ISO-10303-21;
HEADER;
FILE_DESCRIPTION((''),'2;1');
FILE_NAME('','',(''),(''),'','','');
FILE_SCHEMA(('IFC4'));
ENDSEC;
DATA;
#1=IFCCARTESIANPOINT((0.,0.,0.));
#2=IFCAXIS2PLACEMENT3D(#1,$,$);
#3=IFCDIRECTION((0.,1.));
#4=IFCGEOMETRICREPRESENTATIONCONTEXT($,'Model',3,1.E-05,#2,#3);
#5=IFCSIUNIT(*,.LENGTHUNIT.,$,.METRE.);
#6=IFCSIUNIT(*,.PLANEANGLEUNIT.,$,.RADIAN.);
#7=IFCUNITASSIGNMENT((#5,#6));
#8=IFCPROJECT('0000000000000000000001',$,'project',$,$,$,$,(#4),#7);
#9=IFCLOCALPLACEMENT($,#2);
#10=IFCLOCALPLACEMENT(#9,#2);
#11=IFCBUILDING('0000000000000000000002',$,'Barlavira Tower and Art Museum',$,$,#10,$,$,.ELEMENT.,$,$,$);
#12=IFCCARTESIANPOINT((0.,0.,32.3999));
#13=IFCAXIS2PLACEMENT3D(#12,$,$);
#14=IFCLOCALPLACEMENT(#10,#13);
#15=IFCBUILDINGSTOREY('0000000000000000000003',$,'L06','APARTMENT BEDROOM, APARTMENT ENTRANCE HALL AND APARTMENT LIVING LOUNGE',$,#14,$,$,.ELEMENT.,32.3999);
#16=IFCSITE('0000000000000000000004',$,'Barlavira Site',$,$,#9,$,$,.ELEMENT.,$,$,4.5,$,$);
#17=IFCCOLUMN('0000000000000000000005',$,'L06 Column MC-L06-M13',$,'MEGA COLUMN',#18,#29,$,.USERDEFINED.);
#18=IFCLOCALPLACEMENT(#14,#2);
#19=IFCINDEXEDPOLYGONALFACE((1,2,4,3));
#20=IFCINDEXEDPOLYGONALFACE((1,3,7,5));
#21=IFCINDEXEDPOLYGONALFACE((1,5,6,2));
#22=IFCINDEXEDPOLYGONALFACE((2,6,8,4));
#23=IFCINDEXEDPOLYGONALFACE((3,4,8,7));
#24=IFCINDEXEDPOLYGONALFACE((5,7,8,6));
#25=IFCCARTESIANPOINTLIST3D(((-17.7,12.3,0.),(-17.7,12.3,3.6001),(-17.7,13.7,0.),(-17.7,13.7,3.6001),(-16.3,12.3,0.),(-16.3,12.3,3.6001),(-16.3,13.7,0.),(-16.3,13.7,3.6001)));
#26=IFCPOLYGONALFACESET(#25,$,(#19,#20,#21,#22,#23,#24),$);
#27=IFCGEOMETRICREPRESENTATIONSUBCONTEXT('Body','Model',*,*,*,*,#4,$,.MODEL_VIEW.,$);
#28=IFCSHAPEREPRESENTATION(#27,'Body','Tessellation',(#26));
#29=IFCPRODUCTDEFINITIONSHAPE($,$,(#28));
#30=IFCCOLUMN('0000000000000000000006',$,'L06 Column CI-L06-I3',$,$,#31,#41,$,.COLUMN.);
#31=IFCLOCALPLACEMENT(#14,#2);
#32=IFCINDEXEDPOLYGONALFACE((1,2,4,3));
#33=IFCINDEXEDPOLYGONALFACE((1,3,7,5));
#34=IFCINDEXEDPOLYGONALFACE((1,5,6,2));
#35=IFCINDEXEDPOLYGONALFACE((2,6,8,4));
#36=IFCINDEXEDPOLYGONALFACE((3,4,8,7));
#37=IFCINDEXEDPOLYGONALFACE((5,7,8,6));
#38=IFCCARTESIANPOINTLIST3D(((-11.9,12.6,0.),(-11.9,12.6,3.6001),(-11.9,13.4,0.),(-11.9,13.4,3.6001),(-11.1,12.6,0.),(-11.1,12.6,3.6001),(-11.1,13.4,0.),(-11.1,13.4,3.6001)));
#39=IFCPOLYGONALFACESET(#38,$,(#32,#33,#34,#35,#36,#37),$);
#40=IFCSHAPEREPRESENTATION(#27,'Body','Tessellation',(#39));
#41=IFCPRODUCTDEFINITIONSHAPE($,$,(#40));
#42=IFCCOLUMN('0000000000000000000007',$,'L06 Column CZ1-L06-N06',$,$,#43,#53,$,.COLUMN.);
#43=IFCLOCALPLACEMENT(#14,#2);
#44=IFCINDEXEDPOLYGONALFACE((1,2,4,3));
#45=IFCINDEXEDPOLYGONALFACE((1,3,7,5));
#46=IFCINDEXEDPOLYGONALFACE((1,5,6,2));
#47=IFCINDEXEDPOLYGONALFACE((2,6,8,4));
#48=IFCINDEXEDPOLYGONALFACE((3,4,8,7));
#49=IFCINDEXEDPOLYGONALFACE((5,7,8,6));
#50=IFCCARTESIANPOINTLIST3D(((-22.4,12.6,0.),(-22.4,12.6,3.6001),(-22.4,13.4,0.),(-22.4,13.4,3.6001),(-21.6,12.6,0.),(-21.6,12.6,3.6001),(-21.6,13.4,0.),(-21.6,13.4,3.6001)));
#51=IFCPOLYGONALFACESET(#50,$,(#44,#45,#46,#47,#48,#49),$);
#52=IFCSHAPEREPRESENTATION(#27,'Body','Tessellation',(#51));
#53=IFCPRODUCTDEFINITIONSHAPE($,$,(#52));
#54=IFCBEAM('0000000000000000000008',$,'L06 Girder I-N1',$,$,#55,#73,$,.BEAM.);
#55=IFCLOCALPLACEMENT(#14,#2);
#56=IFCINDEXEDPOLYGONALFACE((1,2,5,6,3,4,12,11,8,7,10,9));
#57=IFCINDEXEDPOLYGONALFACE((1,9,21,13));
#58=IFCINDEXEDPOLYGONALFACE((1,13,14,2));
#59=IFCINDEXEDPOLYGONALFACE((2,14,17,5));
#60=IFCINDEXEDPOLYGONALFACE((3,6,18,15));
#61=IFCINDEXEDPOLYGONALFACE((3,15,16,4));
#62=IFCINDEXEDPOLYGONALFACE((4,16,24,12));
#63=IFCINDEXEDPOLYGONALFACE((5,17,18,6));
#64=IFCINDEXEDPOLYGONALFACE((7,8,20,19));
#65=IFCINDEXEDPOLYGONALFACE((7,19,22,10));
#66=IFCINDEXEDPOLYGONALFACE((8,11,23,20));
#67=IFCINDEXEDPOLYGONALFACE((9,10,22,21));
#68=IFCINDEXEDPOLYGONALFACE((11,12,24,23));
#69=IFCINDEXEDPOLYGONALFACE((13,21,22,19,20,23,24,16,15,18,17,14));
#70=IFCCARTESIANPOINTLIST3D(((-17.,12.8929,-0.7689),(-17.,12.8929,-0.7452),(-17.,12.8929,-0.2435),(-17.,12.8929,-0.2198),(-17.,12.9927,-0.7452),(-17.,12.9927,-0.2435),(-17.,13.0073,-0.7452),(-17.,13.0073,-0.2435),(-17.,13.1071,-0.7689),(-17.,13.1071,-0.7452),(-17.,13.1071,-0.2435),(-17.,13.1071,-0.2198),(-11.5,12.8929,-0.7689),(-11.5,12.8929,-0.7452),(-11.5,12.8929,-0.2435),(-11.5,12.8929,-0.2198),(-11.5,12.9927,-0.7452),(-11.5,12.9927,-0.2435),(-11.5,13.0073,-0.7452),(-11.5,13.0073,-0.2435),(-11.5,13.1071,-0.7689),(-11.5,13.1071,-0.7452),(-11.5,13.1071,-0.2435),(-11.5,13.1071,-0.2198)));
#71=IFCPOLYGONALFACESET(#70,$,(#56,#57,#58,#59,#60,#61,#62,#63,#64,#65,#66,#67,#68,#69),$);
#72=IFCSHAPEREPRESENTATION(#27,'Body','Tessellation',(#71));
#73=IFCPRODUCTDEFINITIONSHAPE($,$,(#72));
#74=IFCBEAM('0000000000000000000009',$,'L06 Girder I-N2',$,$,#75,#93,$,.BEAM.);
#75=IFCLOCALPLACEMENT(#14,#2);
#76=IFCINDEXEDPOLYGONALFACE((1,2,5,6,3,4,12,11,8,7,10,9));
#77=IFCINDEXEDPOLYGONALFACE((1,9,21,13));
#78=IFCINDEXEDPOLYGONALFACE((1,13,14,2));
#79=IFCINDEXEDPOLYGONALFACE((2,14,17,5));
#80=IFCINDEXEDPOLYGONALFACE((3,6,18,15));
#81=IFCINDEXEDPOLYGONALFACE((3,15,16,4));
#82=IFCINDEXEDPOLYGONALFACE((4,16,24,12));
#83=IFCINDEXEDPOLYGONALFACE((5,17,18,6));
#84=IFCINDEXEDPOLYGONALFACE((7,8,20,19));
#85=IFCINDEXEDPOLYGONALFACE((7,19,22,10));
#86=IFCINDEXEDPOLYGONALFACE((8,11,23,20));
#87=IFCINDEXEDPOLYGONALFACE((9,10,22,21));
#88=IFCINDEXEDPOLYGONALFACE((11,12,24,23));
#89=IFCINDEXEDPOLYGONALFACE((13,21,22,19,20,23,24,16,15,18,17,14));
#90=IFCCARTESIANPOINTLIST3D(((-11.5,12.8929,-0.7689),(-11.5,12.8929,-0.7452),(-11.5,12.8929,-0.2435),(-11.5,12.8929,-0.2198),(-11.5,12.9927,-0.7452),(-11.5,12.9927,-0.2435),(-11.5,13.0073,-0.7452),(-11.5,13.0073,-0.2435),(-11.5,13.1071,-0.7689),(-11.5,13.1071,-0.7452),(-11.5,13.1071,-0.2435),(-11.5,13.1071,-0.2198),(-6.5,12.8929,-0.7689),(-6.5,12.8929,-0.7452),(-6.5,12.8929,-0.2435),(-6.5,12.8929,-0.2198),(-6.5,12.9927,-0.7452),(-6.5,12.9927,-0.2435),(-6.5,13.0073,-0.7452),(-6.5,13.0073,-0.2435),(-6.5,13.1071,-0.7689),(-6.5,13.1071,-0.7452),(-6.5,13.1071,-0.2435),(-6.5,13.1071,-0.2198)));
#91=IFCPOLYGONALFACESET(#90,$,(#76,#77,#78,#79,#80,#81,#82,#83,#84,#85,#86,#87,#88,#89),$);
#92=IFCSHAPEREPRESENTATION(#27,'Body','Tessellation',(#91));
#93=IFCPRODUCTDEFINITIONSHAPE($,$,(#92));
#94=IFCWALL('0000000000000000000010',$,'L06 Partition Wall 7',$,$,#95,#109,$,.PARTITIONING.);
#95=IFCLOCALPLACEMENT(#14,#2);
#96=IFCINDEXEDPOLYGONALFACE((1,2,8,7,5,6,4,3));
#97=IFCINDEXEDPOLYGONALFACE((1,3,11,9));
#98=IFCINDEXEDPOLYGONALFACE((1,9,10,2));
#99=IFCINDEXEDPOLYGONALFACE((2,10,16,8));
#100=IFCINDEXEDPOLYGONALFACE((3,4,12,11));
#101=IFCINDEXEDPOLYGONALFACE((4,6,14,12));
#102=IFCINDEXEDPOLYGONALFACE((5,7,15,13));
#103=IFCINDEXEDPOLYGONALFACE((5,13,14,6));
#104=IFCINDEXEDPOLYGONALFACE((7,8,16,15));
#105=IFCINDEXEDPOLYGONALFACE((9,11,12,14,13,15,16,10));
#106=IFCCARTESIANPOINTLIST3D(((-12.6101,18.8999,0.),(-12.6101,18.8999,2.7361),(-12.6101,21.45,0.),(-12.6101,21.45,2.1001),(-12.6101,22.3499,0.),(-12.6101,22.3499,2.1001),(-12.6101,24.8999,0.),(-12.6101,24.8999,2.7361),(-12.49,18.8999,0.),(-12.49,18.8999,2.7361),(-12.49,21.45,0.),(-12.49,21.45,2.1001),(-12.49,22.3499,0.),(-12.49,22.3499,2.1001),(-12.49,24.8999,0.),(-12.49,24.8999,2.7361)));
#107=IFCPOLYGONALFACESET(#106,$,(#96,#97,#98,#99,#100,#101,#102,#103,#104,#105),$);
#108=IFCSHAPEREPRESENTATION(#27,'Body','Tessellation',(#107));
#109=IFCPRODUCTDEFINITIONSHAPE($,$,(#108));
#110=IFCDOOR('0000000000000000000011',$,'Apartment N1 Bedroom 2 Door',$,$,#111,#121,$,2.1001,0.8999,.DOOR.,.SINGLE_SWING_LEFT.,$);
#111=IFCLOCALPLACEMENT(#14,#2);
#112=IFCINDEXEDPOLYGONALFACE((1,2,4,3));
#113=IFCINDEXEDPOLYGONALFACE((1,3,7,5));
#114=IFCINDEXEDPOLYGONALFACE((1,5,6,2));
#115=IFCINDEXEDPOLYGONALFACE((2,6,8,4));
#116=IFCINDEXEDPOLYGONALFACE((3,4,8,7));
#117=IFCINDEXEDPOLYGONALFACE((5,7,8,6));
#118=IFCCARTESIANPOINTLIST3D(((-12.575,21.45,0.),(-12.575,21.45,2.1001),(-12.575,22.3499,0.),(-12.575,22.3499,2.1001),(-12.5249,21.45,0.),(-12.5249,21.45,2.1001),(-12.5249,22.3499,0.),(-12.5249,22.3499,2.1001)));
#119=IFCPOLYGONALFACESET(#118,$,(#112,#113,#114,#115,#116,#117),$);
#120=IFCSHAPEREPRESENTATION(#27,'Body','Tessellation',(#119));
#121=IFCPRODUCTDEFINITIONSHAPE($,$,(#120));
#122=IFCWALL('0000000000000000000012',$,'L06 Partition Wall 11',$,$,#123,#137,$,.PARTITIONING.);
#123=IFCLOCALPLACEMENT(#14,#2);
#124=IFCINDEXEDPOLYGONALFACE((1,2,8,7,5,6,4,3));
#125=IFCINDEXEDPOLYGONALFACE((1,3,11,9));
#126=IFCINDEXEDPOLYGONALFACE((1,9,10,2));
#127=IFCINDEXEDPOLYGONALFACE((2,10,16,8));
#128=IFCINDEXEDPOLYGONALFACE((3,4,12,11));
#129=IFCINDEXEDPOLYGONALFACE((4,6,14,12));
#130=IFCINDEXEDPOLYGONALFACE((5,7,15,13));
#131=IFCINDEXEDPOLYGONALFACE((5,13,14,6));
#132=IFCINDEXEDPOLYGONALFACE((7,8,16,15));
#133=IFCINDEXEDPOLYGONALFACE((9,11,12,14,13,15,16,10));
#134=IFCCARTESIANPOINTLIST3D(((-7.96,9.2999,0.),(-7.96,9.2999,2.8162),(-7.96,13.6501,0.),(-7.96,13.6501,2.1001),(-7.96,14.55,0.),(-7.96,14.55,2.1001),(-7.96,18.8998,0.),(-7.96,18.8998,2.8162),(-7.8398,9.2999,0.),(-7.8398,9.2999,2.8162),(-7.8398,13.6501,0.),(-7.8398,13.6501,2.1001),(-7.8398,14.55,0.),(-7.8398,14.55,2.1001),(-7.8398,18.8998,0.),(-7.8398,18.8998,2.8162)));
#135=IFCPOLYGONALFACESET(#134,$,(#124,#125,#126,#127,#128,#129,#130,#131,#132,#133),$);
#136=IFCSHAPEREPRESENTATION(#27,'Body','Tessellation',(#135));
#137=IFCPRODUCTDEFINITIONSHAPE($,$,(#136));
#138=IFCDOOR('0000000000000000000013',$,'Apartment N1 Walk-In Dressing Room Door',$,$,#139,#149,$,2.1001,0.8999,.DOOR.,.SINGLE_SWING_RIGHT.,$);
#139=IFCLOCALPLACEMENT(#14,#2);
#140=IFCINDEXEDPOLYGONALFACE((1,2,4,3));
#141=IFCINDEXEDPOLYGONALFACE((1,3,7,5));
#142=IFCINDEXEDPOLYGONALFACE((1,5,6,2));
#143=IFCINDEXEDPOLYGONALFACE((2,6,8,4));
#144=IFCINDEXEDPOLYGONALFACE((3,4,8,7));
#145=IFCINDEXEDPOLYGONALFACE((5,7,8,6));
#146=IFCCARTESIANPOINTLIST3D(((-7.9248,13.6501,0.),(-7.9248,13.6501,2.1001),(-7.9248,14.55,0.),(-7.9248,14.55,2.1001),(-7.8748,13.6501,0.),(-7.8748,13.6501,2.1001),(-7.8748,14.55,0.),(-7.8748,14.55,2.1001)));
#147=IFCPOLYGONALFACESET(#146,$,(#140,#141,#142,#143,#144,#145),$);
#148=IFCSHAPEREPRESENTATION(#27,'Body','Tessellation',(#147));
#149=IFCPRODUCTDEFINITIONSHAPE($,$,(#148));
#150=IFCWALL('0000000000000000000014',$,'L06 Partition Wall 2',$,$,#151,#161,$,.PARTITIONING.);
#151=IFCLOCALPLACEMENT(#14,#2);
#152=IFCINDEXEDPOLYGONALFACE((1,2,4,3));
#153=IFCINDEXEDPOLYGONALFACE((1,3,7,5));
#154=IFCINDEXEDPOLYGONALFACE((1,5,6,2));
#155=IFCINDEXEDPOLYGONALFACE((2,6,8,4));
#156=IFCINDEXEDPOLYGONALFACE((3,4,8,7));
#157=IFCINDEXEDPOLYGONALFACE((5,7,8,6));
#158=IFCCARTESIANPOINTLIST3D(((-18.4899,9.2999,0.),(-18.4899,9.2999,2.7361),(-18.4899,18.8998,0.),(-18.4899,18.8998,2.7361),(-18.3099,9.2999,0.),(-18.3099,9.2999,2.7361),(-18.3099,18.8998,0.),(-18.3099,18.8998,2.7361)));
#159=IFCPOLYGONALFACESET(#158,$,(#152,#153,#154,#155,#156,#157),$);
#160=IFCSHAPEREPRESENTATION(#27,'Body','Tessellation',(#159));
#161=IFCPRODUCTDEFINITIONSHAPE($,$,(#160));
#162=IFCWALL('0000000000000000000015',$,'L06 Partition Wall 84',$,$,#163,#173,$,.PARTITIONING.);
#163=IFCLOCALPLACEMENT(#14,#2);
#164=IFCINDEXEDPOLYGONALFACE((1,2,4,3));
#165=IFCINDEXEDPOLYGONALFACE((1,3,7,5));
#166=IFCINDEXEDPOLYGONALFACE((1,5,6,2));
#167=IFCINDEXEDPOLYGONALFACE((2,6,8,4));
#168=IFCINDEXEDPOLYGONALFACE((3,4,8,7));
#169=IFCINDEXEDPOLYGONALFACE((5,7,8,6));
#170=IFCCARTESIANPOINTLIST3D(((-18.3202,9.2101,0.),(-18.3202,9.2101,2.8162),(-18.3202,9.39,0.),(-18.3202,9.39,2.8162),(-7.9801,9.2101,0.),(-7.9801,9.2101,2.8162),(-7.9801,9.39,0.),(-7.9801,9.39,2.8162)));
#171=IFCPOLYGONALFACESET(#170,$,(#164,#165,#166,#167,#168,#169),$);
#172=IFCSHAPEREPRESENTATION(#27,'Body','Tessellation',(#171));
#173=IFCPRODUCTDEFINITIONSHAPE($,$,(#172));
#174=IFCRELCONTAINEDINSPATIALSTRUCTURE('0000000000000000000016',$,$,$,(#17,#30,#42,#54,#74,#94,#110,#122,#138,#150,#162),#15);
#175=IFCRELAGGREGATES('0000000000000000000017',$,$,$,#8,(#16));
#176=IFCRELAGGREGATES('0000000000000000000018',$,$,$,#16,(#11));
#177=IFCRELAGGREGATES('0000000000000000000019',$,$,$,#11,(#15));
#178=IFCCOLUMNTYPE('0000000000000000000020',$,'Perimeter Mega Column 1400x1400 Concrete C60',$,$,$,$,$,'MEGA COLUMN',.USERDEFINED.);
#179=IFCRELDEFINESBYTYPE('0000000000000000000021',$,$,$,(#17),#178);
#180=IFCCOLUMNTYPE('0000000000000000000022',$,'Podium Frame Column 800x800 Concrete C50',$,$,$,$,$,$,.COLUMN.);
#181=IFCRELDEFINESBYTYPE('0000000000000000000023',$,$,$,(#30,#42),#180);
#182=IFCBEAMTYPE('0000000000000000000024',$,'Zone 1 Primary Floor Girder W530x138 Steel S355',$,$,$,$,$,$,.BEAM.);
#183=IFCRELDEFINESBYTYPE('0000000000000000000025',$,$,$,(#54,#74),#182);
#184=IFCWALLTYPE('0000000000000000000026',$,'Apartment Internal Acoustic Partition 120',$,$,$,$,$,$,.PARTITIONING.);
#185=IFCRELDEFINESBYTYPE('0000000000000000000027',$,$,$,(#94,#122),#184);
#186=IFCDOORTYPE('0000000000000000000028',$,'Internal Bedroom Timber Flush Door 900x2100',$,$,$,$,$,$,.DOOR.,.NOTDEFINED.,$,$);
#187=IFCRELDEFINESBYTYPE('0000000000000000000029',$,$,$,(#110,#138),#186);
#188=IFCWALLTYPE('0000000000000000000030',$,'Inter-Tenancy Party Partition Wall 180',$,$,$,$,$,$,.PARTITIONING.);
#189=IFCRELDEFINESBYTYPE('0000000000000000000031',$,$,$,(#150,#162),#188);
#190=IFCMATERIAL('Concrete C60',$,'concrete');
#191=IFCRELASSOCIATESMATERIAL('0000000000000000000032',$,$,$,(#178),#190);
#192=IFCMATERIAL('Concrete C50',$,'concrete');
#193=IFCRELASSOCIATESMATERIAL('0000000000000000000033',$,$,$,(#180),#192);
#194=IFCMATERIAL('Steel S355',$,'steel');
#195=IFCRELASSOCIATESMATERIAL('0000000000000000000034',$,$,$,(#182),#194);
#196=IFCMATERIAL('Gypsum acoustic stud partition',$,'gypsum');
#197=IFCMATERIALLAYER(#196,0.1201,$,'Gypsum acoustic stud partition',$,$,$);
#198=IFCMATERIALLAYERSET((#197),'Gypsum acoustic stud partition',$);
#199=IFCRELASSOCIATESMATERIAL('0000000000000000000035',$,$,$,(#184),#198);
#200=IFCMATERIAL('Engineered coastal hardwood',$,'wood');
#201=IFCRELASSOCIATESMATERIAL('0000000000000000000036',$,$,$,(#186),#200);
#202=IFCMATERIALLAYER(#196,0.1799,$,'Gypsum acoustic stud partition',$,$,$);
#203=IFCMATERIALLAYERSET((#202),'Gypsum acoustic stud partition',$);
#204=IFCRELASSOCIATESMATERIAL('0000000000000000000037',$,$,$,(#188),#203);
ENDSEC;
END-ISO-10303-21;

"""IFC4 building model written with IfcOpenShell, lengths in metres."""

from ifc_helpers import new_model, si_unit, direction, frame, frame_2d, origin, origin_2d, place, context, subcontext, project, spatial, rectangle, i_section, extrude, material, layer, layer_set, material_profile, profile_set, type_object, element, fill, save


model = new_model("IFC4")

# Units and contexts
model_context = context("Model", 3, precision=1e-05, world=origin(), true_north=direction((0.0, 1.0)))
body_context = subcontext(model_context, "Body", "Model", "MODEL_VIEW")
ifc_project = project(units=[si_unit("LENGTHUNIT", "METRE"), si_unit("PLANEANGLEUNIT", "RADIAN")], contexts=[model_context])

# Site, building, storey
site_placement = place(None, origin())
site = spatial("IfcSite", under=ifc_project, at=site_placement, Name="Barlavira Site", CompositionType="ELEMENT", RefElevation=4.5)
building_placement = place(site_placement, origin())
building = spatial("IfcBuilding", under=site, at=building_placement, Name="Barlavira Tower and Art Museum", CompositionType="ELEMENT")
storey_placement = place(building_placement, frame((0.0, 0.0, 32.3999)))
storey = spatial("IfcBuildingStorey", under=building, at=storey_placement, Name="L06", Description="APARTMENT BEDROOM, APARTMENT ENTRANCE HALL AND APARTMENT LIVING LOUNGE", CompositionType="ELEMENT", Elevation=32.3999)

# Columns
ifc_material_1 = material(Name="Concrete C60", Category="concrete")
ifc_material_profile_1 = material_profile(ifc_material_1, rectangle(XDim=1.3999, YDim=1.3999, at=origin_2d()), Name="RC-MCOL 1400x1400")
ifc_profile_set_1 = profile_set([ifc_material_profile_1], Name="Concrete C60")
column_type_1 = type_object("IfcColumnType", Name="Perimeter Mega Column 1400x1400 Concrete C60", ElementType="MEGA COLUMN", PredefinedType="USERDEFINED", material=ifc_profile_set_1)
column_placement = place(storey_placement, frame((-17.0, 13.0, 0.0), z_axis=(0.0, 0.0, 1.0), x_axis=(1.0, 0.0, 0.0)))
element("IfcColumn", 1, at=column_placement, inside=storey, type_object=column_type_1, Name="L06 Column MC-L06-M13", ObjectType="MEGA COLUMN", PredefinedType="USERDEFINED", context=body_context, shape_type="SweptSolid", body=[
    extrude(rectangle(XDim=1.3999, YDim=1.3999, at=origin_2d()), origin(), (0.0, 0.0, 1.0), 3.6001),
])
ifc_material_2 = material(Name="Concrete C50", Category="concrete")
ifc_material_profile_2 = material_profile(ifc_material_2, rectangle(XDim=0.8, YDim=0.8, at=origin_2d()), Name="RC-COL 800x800")
ifc_profile_set_2 = profile_set([ifc_material_profile_2], Name="Concrete C50")
column_type_2 = type_object("IfcColumnType", Name="Podium Frame Column 800x800 Concrete C50", PredefinedType="COLUMN", material=ifc_profile_set_2)
for number, where, z_axis, x_axis, name in (
    (2, (-11.5, 13.0, 0.0), (0.0, 0.0, 1.0), (1.0, 0.0, 0.0), "L06 Column CI-L06-I3"),
    (3, (-22.0, 13.0, 0.0), (0.0, 0.0, 1.0), (1.0, 0.0, 0.0), "L06 Column CZ1-L06-N06"),
):
    element("IfcColumn", number, at=place(storey_placement, frame(where, z_axis=z_axis, x_axis=x_axis)), inside=storey, type_object=column_type_2, Name=name, PredefinedType="COLUMN", context=body_context, shape_type="SweptSolid", body=[
        extrude(rectangle(XDim=0.8, YDim=0.8, at=origin_2d()), origin(), (0.0, 0.0, 1.0), 3.6001),
    ])

# Beams
ifc_material_3 = material(Name="Steel S355", Category="steel")
ifc_material_profile_3 = material_profile(ifc_material_3, i_section(OverallWidth=0.2141, OverallDepth=0.5491, WebThickness=0.0146, FlangeThickness=0.0237, at=origin_2d()), Name="W530x138.0")
ifc_profile_set_3 = profile_set([ifc_material_profile_3], Name="Steel S355")
beam_type = type_object("IfcBeamType", Name="Zone 1 Primary Floor Girder W530x138 Steel S355", PredefinedType="BEAM", material=ifc_profile_set_3)
beam_1_placement = place(storey_placement, frame((-17.0, 13.0, -0.4944), z_axis=(1.0, 0.0, 0.0), x_axis=(0.0, 1.0, 0.0)))
element("IfcBeam", 4, at=beam_1_placement, inside=storey, type_object=beam_type, Name="L06 Girder I-N1", PredefinedType="BEAM", context=body_context, shape_type="SweptSolid", body=[
    extrude(i_section(OverallWidth=0.2141, OverallDepth=0.5491, WebThickness=0.0146, FlangeThickness=0.0237, at=origin_2d()), origin(), (0.0, 0.0, 1.0), 5.5),
])
beam_2_placement = place(storey_placement, frame((-11.5, 13.0, -0.4944), z_axis=(1.0, 0.0, 0.0), x_axis=(0.0, 1.0, 0.0)))
element("IfcBeam", 5, at=beam_2_placement, inside=storey, type_object=beam_type, Name="L06 Girder I-N2", PredefinedType="BEAM", context=body_context, shape_type="SweptSolid", body=[
    extrude(i_section(OverallWidth=0.2141, OverallDepth=0.5491, WebThickness=0.0146, FlangeThickness=0.0237, at=origin_2d()), origin(), (0.0, 0.0, 1.0), 5.0),
])

# Walls, openings, doors
ifc_material_4 = material(Name="Gypsum acoustic stud partition", Category="gypsum")
ifc_layer_1 = layer(ifc_material_4, 0.1201, Name="Gypsum acoustic stud partition")
ifc_layer_set_1 = layer_set([ifc_layer_1], Name="Gypsum acoustic stud partition")
wall_type_1 = type_object("IfcWallType", Name="Apartment Internal Acoustic Partition 120", PredefinedType="PARTITIONING", material=ifc_layer_set_1)
wall_1_placement = place(storey_placement, frame((-12.55, 18.8999, 0.0), z_axis=(0.0, 0.0, 1.0), x_axis=(0.0, 1.0, 0.0)))
wall_1 = element("IfcWall", 6, at=wall_1_placement, inside=storey, type_object=wall_type_1, Name="L06 Partition Wall 7", PredefinedType="PARTITIONING", context=body_context, shape_type="SweptSolid", body=[
    extrude(rectangle(XDim=6.0, YDim=0.1201, at=frame_2d((3.0, 0.0))), origin(), (0.0, 0.0, 1.0), 2.7361),
])
opening_1_placement = place(wall_1_placement, frame((2.55, 0.0, 0.0)))
opening_1 = element("IfcOpeningElement", 7, at=opening_1_placement, cuts=wall_1, PredefinedType="OPENING", context=body_context, shape_type="SweptSolid", body=[
    extrude(rectangle(XDim=0.8999, YDim=2.1001, at=frame_2d((0.45, 1.05))), frame((0.0, 0.0701, 0.0), z_axis=(0.0, -1.0, 0.0), x_axis=(1.0, 0.0, 0.0)), (0.0, 0.0, 1.0), 0.1401),
])
ifc_material_5 = material(Name="Engineered coastal hardwood", Category="wood")
door_type = type_object("IfcDoorType", Name="Internal Bedroom Timber Flush Door 900x2100", OperationType="NOTDEFINED", PredefinedType="DOOR", material=ifc_material_5)
door_1_placement = place(opening_1_placement, origin())
door_1 = element("IfcDoor", 8, at=door_1_placement, inside=storey, type_object=door_type, Name="Apartment N1 Bedroom 2 Door", OperationType="SINGLE_SWING_LEFT", OverallHeight=2.1001, OverallWidth=0.8999, PredefinedType="DOOR", context=body_context, shape_type="SweptSolid", body=[
    extrude(rectangle(XDim=0.8999, YDim=2.1001, at=frame_2d((0.45, 1.05))), frame((0.0, 0.0249, 0.0), z_axis=(0.0, -1.0, 0.0), x_axis=(1.0, 0.0, 0.0)), (0.0, 0.0, 1.0), 0.05),
])
fill(opening_1, door_1)
wall_2_placement = place(storey_placement, frame((-7.8999, 9.3, 0.0), z_axis=(0.0, 0.0, 1.0), x_axis=(0.0, 1.0, 0.0)))
wall_2 = element("IfcWall", 9, at=wall_2_placement, inside=storey, type_object=wall_type_1, Name="L06 Partition Wall 11", PredefinedType="PARTITIONING", context=body_context, shape_type="SweptSolid", body=[
    extrude(rectangle(XDim=9.5999, YDim=0.1201, at=frame_2d((4.7998, 0.0))), origin(), (0.0, 0.0, 1.0), 2.8162),
])
opening_2_placement = place(wall_2_placement, frame((4.3501, 0.0, 0.0)))
opening_2 = element("IfcOpeningElement", 10, at=opening_2_placement, cuts=wall_2, PredefinedType="OPENING", context=body_context, shape_type="SweptSolid", body=[
    extrude(rectangle(XDim=0.8999, YDim=2.1001, at=frame_2d((0.45, 1.05))), frame((0.0, 0.0701, 0.0), z_axis=(0.0, -1.0, 0.0), x_axis=(1.0, 0.0, 0.0)), (0.0, 0.0, 1.0), 0.1401),
])
door_2_placement = place(opening_2_placement, origin())
door_2 = element("IfcDoor", 11, at=door_2_placement, inside=storey, type_object=door_type, Name="Apartment N1 Walk-In Dressing Room Door", OperationType="SINGLE_SWING_RIGHT", OverallHeight=2.1001, OverallWidth=0.8999, PredefinedType="DOOR", context=body_context, shape_type="SweptSolid", body=[
    extrude(rectangle(XDim=0.8999, YDim=2.1001, at=frame_2d((0.45, 1.05))), frame((0.0, 0.0249, 0.0), z_axis=(0.0, -1.0, 0.0), x_axis=(1.0, 0.0, 0.0)), (0.0, 0.0, 1.0), 0.05),
])
fill(opening_2, door_2)

# Walls
ifc_layer_2 = layer(ifc_material_4, 0.1799, Name="Gypsum acoustic stud partition")
ifc_layer_set_2 = layer_set([ifc_layer_2], Name="Gypsum acoustic stud partition")
wall_type_2 = type_object("IfcWallType", Name="Inter-Tenancy Party Partition Wall 180", PredefinedType="PARTITIONING", material=ifc_layer_set_2)
wall_3_placement = place(storey_placement, frame((-18.3999, 9.3, 0.0), z_axis=(0.0, 0.0, 1.0), x_axis=(0.0, 1.0, 0.0)))
element("IfcWall", 12, at=wall_3_placement, inside=storey, type_object=wall_type_2, Name="L06 Partition Wall 2", PredefinedType="PARTITIONING", context=body_context, shape_type="SweptSolid", body=[
    extrude(rectangle(XDim=9.5999, YDim=0.1799, at=frame_2d((4.7998, 0.0))), origin(), (0.0, 0.0, 1.0), 2.7361),
])
wall_4_placement = place(storey_placement, frame((-18.3201, 9.3, 0.0), z_axis=(0.0, 0.0, 1.0), x_axis=(1.0, 0.0, 0.0)))
element("IfcWall", 13, at=wall_4_placement, inside=storey, type_object=wall_type_2, Name="L06 Partition Wall 84", PredefinedType="PARTITIONING", context=body_context, shape_type="SweptSolid", body=[
    extrude(rectangle(XDim=10.3401, YDim=0.1799, at=frame_2d((5.1699, 0.0))), origin(), (0.0, 0.0, 1.0), 2.8162),
])

save(model, "model.ifc")
